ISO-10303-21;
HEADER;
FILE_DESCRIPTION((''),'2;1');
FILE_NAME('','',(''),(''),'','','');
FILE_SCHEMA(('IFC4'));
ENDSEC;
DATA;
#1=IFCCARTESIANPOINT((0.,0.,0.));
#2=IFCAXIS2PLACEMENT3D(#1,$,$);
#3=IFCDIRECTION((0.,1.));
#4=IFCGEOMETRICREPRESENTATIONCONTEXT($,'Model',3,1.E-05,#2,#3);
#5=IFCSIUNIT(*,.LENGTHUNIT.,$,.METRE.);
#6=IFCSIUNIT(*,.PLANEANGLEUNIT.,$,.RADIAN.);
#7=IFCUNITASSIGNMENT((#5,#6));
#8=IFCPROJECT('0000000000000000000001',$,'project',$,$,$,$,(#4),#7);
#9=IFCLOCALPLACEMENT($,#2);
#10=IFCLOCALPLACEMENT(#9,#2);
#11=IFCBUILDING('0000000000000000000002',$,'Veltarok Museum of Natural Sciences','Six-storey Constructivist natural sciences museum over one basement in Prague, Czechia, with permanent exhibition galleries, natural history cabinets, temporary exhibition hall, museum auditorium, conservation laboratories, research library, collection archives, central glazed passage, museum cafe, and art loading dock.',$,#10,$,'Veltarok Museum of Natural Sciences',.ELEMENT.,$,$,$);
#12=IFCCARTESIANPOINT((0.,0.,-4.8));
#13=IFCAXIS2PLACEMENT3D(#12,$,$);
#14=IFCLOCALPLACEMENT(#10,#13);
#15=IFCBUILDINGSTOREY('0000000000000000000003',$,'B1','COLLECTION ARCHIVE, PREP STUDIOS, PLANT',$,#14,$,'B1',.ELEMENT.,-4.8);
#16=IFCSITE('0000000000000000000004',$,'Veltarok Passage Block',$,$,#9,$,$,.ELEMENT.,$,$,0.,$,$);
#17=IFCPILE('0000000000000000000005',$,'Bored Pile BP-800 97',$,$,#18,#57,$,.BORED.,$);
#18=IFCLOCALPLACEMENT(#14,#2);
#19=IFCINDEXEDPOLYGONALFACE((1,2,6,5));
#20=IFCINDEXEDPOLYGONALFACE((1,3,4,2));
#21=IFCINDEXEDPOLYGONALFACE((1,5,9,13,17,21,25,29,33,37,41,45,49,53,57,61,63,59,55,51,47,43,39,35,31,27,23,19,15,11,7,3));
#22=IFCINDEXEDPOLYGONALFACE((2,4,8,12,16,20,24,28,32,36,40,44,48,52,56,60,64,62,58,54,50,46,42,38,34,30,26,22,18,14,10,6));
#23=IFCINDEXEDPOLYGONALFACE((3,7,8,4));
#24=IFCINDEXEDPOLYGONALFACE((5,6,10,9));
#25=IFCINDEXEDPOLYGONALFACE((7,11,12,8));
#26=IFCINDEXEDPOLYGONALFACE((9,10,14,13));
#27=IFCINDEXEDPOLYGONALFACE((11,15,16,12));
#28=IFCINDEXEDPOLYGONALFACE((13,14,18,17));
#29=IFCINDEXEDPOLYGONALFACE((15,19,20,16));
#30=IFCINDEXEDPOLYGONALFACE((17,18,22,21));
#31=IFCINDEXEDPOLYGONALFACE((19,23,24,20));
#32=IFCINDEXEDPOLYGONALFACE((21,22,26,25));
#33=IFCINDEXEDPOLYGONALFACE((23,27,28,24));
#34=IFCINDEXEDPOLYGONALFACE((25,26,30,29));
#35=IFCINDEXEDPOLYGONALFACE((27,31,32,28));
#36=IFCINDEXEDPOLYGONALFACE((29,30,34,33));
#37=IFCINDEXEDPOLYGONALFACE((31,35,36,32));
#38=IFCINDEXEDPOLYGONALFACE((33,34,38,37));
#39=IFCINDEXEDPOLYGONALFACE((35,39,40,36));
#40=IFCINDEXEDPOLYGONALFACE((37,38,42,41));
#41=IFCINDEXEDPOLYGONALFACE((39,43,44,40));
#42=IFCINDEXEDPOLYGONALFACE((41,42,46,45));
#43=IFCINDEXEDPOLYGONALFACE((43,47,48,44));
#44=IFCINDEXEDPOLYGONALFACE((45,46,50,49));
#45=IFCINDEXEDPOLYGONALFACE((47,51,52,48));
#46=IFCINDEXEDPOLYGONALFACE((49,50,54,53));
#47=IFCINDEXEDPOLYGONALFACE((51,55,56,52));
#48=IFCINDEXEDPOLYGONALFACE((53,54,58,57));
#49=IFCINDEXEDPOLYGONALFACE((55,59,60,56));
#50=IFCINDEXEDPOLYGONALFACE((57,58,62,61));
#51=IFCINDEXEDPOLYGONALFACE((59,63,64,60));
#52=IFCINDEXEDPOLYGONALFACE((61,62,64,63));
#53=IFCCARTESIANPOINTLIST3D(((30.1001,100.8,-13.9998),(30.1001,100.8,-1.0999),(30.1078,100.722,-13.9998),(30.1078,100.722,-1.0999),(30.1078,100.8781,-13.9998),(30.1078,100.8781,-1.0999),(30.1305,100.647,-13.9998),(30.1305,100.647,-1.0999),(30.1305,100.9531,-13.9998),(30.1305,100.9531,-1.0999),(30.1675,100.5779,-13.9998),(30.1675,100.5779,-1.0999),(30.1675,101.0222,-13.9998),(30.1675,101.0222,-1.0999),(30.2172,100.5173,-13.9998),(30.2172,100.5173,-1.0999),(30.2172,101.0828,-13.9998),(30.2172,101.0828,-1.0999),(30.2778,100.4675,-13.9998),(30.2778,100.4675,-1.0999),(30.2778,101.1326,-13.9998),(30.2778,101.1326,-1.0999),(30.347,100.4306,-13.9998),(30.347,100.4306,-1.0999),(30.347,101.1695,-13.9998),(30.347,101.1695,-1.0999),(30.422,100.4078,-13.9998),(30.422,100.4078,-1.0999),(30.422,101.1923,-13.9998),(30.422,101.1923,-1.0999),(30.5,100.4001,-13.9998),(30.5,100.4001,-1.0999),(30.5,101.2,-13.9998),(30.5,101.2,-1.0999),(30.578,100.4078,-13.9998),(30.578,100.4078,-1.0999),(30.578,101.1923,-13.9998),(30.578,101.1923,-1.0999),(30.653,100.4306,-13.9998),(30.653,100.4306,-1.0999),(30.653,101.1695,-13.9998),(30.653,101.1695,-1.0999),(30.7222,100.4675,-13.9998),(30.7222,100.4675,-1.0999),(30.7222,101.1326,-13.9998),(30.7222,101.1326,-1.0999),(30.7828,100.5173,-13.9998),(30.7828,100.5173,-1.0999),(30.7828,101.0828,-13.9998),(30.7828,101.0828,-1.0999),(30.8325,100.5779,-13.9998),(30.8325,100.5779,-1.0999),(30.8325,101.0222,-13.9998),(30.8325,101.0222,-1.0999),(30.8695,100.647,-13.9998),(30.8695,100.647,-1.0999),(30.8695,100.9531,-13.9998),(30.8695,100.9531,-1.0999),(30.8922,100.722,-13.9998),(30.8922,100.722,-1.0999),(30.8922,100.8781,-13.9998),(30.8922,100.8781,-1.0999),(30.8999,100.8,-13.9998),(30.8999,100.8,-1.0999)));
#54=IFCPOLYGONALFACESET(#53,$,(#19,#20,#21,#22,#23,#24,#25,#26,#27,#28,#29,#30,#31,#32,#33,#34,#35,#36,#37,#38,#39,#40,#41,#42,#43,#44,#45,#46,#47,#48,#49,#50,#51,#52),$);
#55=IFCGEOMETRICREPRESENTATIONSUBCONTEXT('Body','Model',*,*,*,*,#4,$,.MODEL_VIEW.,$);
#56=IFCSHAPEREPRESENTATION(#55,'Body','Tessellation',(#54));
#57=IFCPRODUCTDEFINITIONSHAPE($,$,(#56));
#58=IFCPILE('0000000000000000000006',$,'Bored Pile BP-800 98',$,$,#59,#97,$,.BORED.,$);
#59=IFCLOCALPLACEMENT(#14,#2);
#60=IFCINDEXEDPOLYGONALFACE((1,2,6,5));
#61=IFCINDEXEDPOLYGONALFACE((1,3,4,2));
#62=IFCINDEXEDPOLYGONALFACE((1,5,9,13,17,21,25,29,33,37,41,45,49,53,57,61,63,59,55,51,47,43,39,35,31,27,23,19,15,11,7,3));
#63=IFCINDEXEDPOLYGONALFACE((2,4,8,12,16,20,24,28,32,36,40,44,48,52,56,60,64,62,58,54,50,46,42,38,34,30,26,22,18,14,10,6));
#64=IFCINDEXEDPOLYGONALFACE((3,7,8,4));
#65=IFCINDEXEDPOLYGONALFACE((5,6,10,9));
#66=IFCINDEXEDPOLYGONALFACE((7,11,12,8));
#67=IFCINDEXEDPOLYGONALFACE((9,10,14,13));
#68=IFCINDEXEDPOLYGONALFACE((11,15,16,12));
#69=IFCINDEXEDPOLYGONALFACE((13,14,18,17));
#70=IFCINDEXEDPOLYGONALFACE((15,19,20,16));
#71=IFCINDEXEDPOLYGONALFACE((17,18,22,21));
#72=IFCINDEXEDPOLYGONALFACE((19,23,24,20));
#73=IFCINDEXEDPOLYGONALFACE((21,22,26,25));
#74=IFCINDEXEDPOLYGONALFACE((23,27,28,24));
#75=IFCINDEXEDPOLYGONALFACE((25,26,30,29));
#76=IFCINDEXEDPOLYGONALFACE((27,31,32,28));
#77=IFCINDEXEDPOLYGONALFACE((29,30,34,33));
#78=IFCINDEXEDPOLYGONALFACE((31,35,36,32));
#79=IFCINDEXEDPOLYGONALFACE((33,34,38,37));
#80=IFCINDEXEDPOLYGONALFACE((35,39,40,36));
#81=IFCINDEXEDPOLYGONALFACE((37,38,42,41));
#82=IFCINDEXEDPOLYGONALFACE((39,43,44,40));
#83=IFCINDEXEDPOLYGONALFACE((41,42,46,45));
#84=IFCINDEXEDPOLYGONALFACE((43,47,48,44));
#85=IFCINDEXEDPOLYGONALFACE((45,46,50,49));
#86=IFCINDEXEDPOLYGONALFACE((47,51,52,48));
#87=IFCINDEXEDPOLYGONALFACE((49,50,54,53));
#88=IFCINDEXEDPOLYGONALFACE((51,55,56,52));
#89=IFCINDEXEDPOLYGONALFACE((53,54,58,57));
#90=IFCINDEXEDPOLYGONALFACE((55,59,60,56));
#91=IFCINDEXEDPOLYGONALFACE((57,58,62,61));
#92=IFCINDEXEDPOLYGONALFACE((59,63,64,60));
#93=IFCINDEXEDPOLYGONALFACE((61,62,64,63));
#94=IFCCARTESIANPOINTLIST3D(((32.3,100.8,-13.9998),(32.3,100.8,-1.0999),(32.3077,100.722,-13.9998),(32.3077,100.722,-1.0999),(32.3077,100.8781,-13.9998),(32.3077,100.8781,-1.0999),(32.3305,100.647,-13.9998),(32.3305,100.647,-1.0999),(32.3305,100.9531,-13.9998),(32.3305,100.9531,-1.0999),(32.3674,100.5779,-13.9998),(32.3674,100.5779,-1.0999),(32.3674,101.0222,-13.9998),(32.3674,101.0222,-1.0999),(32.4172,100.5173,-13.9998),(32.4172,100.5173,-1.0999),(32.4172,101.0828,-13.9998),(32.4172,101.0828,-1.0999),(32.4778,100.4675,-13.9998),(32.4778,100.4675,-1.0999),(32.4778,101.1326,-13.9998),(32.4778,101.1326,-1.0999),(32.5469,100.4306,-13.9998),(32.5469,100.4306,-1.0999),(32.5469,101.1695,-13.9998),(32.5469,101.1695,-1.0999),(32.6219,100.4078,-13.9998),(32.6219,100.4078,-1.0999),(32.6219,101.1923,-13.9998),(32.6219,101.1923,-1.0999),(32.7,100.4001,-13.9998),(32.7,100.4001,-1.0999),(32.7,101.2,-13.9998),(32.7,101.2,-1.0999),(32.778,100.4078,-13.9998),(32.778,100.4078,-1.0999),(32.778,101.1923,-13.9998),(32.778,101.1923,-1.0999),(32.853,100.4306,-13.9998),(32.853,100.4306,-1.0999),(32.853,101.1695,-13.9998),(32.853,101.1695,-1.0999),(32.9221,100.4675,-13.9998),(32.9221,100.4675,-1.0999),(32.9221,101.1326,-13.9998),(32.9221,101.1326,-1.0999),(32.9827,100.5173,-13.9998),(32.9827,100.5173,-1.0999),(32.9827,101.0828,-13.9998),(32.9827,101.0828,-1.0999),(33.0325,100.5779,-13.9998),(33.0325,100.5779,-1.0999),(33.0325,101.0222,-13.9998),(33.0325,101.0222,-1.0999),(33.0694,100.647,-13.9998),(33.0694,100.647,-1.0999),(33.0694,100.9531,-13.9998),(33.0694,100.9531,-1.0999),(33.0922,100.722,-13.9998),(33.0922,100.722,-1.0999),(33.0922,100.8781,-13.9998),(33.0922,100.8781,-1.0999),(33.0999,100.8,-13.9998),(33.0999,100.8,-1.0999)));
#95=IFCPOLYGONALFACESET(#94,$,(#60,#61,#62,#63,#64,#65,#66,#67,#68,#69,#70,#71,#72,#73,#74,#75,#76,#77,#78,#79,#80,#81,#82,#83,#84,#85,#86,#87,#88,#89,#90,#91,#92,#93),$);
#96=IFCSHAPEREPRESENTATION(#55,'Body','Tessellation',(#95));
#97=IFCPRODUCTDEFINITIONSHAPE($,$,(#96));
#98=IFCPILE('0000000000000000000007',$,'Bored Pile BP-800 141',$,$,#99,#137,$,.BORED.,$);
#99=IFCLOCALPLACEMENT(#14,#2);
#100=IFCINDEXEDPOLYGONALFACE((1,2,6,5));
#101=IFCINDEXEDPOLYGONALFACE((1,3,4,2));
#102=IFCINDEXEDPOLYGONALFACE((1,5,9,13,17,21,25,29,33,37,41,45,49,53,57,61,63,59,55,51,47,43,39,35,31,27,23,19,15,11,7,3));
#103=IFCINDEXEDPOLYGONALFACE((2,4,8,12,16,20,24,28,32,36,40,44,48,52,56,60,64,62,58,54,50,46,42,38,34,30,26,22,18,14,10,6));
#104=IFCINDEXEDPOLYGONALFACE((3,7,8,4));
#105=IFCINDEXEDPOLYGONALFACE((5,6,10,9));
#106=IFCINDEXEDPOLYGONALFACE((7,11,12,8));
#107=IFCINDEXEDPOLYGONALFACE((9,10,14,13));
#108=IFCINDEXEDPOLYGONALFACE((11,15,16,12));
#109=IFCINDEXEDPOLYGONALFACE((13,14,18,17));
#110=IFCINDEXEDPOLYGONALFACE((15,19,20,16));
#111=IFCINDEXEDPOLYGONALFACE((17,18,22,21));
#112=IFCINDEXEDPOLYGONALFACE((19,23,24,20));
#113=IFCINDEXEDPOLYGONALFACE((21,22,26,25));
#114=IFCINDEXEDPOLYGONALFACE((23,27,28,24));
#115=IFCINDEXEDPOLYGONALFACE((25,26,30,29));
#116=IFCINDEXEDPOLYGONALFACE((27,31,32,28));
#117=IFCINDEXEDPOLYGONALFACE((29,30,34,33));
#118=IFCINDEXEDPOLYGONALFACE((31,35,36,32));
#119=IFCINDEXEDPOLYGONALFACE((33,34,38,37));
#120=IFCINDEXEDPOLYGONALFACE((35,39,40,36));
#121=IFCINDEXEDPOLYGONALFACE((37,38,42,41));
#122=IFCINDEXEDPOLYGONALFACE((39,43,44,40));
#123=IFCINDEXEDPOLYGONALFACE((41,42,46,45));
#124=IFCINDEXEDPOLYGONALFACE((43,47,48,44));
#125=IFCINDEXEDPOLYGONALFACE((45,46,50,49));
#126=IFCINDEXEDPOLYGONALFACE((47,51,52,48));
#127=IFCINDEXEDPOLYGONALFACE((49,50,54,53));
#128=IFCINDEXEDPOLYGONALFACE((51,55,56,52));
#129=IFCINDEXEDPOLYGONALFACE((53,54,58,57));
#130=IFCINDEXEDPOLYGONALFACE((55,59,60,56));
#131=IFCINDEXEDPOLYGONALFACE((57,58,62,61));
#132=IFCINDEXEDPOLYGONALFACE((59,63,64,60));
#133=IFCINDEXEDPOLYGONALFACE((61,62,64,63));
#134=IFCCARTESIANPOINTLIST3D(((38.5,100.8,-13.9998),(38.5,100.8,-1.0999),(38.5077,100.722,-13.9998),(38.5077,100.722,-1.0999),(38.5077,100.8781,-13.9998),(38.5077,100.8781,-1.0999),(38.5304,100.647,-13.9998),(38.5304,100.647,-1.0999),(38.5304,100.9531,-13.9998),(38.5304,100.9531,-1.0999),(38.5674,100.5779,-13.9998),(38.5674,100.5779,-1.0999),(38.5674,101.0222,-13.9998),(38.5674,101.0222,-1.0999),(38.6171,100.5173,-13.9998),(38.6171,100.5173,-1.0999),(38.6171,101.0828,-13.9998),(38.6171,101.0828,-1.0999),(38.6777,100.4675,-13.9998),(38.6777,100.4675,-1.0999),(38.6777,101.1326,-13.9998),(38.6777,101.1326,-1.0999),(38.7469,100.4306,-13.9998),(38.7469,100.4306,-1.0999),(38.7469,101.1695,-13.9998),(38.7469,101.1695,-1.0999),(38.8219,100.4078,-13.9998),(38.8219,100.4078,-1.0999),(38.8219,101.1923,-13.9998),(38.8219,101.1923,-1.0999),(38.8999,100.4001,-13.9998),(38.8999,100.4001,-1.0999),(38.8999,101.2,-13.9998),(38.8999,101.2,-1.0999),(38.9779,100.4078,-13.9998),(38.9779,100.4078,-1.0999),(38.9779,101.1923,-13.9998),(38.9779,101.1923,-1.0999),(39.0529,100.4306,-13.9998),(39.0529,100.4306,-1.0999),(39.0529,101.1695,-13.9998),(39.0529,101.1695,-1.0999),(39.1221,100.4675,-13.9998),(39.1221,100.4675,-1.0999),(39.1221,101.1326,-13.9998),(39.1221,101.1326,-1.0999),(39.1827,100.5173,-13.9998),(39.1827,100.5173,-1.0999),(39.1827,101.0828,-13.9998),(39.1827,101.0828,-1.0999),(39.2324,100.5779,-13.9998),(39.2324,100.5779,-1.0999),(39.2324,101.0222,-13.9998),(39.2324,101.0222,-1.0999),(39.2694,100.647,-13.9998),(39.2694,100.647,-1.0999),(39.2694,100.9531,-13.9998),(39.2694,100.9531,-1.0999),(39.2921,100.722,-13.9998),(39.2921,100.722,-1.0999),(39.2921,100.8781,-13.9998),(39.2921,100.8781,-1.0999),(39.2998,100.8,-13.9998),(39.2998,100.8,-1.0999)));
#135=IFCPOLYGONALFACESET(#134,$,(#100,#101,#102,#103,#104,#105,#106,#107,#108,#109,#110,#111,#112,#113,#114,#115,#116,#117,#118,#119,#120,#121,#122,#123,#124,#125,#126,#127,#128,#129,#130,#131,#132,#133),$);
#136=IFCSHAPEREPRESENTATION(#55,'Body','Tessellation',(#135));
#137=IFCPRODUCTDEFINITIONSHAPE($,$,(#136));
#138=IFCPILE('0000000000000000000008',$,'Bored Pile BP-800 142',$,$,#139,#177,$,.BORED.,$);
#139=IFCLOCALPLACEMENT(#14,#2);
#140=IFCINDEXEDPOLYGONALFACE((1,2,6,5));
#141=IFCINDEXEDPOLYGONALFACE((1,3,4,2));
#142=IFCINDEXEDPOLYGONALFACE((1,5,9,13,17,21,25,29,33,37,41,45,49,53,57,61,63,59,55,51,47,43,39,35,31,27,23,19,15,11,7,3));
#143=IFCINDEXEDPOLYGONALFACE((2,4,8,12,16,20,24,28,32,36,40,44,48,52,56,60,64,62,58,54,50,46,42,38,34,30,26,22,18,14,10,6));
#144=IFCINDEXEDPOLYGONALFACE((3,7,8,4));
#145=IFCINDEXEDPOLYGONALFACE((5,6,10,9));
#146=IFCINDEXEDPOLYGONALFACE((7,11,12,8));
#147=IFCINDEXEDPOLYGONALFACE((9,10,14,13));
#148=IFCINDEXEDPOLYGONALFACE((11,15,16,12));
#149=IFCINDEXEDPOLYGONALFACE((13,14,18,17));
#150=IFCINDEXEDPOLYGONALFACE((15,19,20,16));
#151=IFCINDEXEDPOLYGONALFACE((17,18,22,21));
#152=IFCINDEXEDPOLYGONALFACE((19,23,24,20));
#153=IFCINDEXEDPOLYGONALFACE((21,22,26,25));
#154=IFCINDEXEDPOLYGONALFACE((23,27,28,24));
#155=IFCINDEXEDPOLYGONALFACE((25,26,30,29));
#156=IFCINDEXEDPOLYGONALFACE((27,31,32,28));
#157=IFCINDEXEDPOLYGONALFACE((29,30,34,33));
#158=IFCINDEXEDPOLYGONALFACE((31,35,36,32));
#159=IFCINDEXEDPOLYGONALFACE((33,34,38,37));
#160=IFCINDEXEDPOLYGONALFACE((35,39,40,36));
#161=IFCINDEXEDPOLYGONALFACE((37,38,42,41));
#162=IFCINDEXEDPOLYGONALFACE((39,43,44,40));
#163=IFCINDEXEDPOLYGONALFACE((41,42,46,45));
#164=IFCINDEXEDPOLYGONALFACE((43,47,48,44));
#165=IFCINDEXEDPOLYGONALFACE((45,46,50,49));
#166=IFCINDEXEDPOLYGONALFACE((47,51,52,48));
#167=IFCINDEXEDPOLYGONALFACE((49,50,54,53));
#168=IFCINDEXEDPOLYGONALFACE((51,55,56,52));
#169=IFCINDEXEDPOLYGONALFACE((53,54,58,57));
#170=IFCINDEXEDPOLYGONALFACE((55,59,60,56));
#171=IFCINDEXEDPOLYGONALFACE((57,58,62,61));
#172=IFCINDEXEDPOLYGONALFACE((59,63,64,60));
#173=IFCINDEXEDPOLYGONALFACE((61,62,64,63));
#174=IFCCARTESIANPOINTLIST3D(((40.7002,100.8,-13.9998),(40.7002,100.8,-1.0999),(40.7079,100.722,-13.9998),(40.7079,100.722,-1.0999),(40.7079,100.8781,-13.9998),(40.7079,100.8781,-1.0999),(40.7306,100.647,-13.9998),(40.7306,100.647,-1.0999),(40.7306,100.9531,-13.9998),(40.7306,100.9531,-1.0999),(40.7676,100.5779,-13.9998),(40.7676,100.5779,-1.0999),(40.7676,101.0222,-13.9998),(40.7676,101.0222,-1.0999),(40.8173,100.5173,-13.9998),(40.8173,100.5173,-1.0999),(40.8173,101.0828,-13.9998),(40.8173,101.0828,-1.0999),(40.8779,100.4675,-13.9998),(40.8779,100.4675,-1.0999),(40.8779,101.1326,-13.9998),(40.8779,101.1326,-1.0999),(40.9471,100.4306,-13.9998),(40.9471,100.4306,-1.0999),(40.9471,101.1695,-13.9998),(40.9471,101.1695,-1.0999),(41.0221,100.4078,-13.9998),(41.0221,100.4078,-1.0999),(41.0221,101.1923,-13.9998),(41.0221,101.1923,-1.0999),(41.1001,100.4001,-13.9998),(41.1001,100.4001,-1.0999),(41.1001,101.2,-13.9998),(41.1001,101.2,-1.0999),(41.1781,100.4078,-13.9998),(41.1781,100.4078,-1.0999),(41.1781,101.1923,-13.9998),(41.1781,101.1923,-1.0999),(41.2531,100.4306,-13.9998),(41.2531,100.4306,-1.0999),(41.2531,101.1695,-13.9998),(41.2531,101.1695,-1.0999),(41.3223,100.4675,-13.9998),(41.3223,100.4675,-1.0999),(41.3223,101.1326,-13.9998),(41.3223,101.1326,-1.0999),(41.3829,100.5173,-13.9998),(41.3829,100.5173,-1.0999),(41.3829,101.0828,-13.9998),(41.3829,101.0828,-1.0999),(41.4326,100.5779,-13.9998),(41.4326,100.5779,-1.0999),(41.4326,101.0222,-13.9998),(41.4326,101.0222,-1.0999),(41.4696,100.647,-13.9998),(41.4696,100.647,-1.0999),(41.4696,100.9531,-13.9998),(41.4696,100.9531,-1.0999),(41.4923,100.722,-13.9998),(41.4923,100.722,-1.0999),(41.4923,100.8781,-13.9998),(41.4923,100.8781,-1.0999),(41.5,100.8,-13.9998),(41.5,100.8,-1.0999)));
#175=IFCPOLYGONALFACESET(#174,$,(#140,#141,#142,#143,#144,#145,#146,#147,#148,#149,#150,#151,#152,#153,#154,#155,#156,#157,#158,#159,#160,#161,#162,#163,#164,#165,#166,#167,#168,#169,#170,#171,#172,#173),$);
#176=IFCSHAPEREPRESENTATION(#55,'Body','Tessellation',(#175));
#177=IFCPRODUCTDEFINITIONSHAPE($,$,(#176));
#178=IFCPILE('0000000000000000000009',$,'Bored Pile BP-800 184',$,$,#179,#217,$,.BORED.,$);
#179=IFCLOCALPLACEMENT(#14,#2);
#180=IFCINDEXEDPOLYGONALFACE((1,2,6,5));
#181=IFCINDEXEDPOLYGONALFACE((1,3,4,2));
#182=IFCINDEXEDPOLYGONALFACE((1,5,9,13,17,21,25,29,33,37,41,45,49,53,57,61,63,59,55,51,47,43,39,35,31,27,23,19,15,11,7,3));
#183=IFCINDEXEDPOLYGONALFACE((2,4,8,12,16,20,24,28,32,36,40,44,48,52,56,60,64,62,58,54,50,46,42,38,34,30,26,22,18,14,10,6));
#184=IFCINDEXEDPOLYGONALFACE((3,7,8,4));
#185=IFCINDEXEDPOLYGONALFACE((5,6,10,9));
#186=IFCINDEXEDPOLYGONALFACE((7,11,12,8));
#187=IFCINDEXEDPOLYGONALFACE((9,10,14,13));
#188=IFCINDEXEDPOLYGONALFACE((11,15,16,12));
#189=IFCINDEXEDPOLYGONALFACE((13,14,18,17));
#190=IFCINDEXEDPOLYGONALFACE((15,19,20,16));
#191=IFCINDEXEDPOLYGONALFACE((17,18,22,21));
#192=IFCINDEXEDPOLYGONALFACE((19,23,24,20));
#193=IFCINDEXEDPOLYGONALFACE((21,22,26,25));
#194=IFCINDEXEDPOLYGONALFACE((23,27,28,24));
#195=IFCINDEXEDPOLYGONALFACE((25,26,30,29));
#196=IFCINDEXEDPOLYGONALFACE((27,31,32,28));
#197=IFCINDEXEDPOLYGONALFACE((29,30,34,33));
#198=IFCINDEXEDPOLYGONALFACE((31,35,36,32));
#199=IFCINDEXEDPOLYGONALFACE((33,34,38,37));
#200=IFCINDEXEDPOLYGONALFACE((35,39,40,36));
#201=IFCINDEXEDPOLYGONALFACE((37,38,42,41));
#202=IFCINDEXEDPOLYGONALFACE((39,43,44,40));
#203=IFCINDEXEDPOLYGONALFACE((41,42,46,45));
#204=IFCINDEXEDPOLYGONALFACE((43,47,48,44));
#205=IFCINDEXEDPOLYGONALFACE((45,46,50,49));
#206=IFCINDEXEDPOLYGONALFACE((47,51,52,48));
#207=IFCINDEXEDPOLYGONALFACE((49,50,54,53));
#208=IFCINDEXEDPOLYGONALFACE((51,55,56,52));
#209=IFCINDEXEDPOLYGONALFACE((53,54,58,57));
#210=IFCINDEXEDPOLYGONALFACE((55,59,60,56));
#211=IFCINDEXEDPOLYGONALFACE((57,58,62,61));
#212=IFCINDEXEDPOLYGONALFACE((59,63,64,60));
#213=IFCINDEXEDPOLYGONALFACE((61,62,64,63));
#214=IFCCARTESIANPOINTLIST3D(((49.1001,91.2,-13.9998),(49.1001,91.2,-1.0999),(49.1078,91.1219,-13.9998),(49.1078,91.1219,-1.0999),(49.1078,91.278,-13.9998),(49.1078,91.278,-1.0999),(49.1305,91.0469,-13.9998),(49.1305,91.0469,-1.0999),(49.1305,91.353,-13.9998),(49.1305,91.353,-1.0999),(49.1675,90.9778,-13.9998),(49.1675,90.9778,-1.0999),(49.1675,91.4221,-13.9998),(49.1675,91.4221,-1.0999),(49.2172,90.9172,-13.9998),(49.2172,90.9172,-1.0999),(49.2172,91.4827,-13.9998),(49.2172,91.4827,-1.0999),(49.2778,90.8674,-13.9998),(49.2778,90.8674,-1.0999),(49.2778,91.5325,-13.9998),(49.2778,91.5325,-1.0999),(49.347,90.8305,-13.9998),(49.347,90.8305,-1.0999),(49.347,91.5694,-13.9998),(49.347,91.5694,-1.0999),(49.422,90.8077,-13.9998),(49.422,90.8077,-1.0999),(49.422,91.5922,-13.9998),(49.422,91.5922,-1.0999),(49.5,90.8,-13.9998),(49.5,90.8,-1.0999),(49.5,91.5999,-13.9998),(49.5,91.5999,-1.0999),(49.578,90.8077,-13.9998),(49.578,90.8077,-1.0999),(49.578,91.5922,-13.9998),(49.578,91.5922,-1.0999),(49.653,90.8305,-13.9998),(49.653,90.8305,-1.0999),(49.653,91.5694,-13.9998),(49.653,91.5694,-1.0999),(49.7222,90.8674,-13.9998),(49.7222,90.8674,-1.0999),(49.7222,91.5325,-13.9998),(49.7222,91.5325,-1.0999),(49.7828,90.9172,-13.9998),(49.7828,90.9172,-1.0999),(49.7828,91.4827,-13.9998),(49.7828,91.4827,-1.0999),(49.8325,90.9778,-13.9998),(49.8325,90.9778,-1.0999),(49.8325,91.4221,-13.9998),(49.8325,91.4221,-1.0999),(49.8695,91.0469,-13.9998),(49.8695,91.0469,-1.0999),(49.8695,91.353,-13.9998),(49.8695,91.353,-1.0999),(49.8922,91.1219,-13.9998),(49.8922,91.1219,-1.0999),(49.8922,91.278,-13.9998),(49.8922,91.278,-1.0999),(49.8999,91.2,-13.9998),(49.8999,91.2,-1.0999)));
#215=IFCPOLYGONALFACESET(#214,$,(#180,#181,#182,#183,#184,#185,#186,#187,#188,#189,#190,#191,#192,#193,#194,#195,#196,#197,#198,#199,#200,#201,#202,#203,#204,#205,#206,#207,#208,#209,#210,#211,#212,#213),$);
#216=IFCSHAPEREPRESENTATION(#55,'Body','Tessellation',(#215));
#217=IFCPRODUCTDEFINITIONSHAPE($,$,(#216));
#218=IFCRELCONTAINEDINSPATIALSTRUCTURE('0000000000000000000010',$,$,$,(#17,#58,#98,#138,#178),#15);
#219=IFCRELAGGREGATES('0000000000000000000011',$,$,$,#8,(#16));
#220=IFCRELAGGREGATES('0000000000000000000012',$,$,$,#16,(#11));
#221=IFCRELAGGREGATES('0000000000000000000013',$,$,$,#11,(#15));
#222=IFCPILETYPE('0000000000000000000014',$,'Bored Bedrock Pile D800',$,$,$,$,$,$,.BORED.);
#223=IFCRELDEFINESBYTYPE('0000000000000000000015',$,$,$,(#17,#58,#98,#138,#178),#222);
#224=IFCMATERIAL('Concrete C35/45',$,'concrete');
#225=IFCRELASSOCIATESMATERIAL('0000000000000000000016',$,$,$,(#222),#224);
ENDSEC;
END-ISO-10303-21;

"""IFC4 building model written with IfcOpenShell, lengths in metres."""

from ifc_helpers import new_model, si_unit, direction, frame, origin, origin_2d, place, context, subcontext, project, spatial, circle, extrude, material, material_profile, profile_set, type_object, element, save


model = new_model("IFC4")

# Units and contexts
model_context = context("Model", 3, precision=1e-05, world=origin(), true_north=direction((0.0, 1.0)))
body_context = subcontext(model_context, "Body", "Model", "MODEL_VIEW")
ifc_project = project(units=[si_unit("LENGTHUNIT", "METRE"), si_unit("PLANEANGLEUNIT", "RADIAN")], contexts=[model_context])

# Site, building, storey
site_placement = place(None, origin())
site = spatial("IfcSite", under=ifc_project, at=site_placement, Name="Veltarok Passage Block", CompositionType="ELEMENT", RefElevation=0.0)
building_placement = place(site_placement, origin())
building = spatial("IfcBuilding", under=site, at=building_placement, Name="Veltarok Museum of Natural Sciences", Description="Six-storey Constructivist natural sciences museum over one basement in Prague, Czechia, with permanent exhibition galleries, natural history cabinets, temporary exhibition hall, museum auditorium, conservation laboratories, research library, collection archives, central glazed passage, museum cafe, and art loading dock.", LongName="Veltarok Museum of Natural Sciences", CompositionType="ELEMENT")
storey_placement = place(building_placement, frame((0.0, 0.0, -4.8)))
storey = spatial("IfcBuildingStorey", under=building, at=storey_placement, Name="B1", Description="COLLECTION ARCHIVE, PREP STUDIOS, PLANT", LongName="B1", CompositionType="ELEMENT", Elevation=-4.8)

# Piles
ifc_material_1 = material(Name="Concrete C35/45", Category="concrete")
ifc_material_profile_1 = material_profile(ifc_material_1, circle(Radius=0.3999, at=origin_2d()), Name="BP D800")
ifc_profile_set_1 = profile_set([ifc_material_profile_1], Name="Concrete C35/45")
pile_type = type_object("IfcPileType", Name="Bored Bedrock Pile D800", PredefinedType="BORED", material=ifc_profile_set_1)
for number, where, z_axis, x_axis, name in (
    (1, (30.5, 100.8, -1.0999), (0.0, 0.0, -1.0), (1.0, 0.0, 0.0), "Bored Pile BP-800 97"),
    (2, (32.7, 100.8, -1.0999), (0.0, 0.0, -1.0), (1.0, 0.0, 0.0), "Bored Pile BP-800 98"),
    (3, (38.8999, 100.8, -1.0999), (0.0, 0.0, -1.0), (1.0, 0.0, 0.0), "Bored Pile BP-800 141"),
    (4, (41.1001, 100.8, -1.0999), (0.0, 0.0, -1.0), (1.0, 0.0, 0.0), "Bored Pile BP-800 142"),
    (5, (49.5, 91.2, -1.0999), (0.0, 0.0, -1.0), (1.0, 0.0, 0.0), "Bored Pile BP-800 184"),
):
    element("IfcPile", number, at=place(storey_placement, frame(where, z_axis=z_axis, x_axis=x_axis)), inside=storey, type_object=pile_type, Name=name, PredefinedType="BORED", context=body_context, shape_type="SweptSolid", body=[
        extrude(circle(Radius=0.3999, at=origin_2d()), origin(), (0.0, 0.0, 1.0), 12.8999),
    ])

save(model, "model.ifc")
